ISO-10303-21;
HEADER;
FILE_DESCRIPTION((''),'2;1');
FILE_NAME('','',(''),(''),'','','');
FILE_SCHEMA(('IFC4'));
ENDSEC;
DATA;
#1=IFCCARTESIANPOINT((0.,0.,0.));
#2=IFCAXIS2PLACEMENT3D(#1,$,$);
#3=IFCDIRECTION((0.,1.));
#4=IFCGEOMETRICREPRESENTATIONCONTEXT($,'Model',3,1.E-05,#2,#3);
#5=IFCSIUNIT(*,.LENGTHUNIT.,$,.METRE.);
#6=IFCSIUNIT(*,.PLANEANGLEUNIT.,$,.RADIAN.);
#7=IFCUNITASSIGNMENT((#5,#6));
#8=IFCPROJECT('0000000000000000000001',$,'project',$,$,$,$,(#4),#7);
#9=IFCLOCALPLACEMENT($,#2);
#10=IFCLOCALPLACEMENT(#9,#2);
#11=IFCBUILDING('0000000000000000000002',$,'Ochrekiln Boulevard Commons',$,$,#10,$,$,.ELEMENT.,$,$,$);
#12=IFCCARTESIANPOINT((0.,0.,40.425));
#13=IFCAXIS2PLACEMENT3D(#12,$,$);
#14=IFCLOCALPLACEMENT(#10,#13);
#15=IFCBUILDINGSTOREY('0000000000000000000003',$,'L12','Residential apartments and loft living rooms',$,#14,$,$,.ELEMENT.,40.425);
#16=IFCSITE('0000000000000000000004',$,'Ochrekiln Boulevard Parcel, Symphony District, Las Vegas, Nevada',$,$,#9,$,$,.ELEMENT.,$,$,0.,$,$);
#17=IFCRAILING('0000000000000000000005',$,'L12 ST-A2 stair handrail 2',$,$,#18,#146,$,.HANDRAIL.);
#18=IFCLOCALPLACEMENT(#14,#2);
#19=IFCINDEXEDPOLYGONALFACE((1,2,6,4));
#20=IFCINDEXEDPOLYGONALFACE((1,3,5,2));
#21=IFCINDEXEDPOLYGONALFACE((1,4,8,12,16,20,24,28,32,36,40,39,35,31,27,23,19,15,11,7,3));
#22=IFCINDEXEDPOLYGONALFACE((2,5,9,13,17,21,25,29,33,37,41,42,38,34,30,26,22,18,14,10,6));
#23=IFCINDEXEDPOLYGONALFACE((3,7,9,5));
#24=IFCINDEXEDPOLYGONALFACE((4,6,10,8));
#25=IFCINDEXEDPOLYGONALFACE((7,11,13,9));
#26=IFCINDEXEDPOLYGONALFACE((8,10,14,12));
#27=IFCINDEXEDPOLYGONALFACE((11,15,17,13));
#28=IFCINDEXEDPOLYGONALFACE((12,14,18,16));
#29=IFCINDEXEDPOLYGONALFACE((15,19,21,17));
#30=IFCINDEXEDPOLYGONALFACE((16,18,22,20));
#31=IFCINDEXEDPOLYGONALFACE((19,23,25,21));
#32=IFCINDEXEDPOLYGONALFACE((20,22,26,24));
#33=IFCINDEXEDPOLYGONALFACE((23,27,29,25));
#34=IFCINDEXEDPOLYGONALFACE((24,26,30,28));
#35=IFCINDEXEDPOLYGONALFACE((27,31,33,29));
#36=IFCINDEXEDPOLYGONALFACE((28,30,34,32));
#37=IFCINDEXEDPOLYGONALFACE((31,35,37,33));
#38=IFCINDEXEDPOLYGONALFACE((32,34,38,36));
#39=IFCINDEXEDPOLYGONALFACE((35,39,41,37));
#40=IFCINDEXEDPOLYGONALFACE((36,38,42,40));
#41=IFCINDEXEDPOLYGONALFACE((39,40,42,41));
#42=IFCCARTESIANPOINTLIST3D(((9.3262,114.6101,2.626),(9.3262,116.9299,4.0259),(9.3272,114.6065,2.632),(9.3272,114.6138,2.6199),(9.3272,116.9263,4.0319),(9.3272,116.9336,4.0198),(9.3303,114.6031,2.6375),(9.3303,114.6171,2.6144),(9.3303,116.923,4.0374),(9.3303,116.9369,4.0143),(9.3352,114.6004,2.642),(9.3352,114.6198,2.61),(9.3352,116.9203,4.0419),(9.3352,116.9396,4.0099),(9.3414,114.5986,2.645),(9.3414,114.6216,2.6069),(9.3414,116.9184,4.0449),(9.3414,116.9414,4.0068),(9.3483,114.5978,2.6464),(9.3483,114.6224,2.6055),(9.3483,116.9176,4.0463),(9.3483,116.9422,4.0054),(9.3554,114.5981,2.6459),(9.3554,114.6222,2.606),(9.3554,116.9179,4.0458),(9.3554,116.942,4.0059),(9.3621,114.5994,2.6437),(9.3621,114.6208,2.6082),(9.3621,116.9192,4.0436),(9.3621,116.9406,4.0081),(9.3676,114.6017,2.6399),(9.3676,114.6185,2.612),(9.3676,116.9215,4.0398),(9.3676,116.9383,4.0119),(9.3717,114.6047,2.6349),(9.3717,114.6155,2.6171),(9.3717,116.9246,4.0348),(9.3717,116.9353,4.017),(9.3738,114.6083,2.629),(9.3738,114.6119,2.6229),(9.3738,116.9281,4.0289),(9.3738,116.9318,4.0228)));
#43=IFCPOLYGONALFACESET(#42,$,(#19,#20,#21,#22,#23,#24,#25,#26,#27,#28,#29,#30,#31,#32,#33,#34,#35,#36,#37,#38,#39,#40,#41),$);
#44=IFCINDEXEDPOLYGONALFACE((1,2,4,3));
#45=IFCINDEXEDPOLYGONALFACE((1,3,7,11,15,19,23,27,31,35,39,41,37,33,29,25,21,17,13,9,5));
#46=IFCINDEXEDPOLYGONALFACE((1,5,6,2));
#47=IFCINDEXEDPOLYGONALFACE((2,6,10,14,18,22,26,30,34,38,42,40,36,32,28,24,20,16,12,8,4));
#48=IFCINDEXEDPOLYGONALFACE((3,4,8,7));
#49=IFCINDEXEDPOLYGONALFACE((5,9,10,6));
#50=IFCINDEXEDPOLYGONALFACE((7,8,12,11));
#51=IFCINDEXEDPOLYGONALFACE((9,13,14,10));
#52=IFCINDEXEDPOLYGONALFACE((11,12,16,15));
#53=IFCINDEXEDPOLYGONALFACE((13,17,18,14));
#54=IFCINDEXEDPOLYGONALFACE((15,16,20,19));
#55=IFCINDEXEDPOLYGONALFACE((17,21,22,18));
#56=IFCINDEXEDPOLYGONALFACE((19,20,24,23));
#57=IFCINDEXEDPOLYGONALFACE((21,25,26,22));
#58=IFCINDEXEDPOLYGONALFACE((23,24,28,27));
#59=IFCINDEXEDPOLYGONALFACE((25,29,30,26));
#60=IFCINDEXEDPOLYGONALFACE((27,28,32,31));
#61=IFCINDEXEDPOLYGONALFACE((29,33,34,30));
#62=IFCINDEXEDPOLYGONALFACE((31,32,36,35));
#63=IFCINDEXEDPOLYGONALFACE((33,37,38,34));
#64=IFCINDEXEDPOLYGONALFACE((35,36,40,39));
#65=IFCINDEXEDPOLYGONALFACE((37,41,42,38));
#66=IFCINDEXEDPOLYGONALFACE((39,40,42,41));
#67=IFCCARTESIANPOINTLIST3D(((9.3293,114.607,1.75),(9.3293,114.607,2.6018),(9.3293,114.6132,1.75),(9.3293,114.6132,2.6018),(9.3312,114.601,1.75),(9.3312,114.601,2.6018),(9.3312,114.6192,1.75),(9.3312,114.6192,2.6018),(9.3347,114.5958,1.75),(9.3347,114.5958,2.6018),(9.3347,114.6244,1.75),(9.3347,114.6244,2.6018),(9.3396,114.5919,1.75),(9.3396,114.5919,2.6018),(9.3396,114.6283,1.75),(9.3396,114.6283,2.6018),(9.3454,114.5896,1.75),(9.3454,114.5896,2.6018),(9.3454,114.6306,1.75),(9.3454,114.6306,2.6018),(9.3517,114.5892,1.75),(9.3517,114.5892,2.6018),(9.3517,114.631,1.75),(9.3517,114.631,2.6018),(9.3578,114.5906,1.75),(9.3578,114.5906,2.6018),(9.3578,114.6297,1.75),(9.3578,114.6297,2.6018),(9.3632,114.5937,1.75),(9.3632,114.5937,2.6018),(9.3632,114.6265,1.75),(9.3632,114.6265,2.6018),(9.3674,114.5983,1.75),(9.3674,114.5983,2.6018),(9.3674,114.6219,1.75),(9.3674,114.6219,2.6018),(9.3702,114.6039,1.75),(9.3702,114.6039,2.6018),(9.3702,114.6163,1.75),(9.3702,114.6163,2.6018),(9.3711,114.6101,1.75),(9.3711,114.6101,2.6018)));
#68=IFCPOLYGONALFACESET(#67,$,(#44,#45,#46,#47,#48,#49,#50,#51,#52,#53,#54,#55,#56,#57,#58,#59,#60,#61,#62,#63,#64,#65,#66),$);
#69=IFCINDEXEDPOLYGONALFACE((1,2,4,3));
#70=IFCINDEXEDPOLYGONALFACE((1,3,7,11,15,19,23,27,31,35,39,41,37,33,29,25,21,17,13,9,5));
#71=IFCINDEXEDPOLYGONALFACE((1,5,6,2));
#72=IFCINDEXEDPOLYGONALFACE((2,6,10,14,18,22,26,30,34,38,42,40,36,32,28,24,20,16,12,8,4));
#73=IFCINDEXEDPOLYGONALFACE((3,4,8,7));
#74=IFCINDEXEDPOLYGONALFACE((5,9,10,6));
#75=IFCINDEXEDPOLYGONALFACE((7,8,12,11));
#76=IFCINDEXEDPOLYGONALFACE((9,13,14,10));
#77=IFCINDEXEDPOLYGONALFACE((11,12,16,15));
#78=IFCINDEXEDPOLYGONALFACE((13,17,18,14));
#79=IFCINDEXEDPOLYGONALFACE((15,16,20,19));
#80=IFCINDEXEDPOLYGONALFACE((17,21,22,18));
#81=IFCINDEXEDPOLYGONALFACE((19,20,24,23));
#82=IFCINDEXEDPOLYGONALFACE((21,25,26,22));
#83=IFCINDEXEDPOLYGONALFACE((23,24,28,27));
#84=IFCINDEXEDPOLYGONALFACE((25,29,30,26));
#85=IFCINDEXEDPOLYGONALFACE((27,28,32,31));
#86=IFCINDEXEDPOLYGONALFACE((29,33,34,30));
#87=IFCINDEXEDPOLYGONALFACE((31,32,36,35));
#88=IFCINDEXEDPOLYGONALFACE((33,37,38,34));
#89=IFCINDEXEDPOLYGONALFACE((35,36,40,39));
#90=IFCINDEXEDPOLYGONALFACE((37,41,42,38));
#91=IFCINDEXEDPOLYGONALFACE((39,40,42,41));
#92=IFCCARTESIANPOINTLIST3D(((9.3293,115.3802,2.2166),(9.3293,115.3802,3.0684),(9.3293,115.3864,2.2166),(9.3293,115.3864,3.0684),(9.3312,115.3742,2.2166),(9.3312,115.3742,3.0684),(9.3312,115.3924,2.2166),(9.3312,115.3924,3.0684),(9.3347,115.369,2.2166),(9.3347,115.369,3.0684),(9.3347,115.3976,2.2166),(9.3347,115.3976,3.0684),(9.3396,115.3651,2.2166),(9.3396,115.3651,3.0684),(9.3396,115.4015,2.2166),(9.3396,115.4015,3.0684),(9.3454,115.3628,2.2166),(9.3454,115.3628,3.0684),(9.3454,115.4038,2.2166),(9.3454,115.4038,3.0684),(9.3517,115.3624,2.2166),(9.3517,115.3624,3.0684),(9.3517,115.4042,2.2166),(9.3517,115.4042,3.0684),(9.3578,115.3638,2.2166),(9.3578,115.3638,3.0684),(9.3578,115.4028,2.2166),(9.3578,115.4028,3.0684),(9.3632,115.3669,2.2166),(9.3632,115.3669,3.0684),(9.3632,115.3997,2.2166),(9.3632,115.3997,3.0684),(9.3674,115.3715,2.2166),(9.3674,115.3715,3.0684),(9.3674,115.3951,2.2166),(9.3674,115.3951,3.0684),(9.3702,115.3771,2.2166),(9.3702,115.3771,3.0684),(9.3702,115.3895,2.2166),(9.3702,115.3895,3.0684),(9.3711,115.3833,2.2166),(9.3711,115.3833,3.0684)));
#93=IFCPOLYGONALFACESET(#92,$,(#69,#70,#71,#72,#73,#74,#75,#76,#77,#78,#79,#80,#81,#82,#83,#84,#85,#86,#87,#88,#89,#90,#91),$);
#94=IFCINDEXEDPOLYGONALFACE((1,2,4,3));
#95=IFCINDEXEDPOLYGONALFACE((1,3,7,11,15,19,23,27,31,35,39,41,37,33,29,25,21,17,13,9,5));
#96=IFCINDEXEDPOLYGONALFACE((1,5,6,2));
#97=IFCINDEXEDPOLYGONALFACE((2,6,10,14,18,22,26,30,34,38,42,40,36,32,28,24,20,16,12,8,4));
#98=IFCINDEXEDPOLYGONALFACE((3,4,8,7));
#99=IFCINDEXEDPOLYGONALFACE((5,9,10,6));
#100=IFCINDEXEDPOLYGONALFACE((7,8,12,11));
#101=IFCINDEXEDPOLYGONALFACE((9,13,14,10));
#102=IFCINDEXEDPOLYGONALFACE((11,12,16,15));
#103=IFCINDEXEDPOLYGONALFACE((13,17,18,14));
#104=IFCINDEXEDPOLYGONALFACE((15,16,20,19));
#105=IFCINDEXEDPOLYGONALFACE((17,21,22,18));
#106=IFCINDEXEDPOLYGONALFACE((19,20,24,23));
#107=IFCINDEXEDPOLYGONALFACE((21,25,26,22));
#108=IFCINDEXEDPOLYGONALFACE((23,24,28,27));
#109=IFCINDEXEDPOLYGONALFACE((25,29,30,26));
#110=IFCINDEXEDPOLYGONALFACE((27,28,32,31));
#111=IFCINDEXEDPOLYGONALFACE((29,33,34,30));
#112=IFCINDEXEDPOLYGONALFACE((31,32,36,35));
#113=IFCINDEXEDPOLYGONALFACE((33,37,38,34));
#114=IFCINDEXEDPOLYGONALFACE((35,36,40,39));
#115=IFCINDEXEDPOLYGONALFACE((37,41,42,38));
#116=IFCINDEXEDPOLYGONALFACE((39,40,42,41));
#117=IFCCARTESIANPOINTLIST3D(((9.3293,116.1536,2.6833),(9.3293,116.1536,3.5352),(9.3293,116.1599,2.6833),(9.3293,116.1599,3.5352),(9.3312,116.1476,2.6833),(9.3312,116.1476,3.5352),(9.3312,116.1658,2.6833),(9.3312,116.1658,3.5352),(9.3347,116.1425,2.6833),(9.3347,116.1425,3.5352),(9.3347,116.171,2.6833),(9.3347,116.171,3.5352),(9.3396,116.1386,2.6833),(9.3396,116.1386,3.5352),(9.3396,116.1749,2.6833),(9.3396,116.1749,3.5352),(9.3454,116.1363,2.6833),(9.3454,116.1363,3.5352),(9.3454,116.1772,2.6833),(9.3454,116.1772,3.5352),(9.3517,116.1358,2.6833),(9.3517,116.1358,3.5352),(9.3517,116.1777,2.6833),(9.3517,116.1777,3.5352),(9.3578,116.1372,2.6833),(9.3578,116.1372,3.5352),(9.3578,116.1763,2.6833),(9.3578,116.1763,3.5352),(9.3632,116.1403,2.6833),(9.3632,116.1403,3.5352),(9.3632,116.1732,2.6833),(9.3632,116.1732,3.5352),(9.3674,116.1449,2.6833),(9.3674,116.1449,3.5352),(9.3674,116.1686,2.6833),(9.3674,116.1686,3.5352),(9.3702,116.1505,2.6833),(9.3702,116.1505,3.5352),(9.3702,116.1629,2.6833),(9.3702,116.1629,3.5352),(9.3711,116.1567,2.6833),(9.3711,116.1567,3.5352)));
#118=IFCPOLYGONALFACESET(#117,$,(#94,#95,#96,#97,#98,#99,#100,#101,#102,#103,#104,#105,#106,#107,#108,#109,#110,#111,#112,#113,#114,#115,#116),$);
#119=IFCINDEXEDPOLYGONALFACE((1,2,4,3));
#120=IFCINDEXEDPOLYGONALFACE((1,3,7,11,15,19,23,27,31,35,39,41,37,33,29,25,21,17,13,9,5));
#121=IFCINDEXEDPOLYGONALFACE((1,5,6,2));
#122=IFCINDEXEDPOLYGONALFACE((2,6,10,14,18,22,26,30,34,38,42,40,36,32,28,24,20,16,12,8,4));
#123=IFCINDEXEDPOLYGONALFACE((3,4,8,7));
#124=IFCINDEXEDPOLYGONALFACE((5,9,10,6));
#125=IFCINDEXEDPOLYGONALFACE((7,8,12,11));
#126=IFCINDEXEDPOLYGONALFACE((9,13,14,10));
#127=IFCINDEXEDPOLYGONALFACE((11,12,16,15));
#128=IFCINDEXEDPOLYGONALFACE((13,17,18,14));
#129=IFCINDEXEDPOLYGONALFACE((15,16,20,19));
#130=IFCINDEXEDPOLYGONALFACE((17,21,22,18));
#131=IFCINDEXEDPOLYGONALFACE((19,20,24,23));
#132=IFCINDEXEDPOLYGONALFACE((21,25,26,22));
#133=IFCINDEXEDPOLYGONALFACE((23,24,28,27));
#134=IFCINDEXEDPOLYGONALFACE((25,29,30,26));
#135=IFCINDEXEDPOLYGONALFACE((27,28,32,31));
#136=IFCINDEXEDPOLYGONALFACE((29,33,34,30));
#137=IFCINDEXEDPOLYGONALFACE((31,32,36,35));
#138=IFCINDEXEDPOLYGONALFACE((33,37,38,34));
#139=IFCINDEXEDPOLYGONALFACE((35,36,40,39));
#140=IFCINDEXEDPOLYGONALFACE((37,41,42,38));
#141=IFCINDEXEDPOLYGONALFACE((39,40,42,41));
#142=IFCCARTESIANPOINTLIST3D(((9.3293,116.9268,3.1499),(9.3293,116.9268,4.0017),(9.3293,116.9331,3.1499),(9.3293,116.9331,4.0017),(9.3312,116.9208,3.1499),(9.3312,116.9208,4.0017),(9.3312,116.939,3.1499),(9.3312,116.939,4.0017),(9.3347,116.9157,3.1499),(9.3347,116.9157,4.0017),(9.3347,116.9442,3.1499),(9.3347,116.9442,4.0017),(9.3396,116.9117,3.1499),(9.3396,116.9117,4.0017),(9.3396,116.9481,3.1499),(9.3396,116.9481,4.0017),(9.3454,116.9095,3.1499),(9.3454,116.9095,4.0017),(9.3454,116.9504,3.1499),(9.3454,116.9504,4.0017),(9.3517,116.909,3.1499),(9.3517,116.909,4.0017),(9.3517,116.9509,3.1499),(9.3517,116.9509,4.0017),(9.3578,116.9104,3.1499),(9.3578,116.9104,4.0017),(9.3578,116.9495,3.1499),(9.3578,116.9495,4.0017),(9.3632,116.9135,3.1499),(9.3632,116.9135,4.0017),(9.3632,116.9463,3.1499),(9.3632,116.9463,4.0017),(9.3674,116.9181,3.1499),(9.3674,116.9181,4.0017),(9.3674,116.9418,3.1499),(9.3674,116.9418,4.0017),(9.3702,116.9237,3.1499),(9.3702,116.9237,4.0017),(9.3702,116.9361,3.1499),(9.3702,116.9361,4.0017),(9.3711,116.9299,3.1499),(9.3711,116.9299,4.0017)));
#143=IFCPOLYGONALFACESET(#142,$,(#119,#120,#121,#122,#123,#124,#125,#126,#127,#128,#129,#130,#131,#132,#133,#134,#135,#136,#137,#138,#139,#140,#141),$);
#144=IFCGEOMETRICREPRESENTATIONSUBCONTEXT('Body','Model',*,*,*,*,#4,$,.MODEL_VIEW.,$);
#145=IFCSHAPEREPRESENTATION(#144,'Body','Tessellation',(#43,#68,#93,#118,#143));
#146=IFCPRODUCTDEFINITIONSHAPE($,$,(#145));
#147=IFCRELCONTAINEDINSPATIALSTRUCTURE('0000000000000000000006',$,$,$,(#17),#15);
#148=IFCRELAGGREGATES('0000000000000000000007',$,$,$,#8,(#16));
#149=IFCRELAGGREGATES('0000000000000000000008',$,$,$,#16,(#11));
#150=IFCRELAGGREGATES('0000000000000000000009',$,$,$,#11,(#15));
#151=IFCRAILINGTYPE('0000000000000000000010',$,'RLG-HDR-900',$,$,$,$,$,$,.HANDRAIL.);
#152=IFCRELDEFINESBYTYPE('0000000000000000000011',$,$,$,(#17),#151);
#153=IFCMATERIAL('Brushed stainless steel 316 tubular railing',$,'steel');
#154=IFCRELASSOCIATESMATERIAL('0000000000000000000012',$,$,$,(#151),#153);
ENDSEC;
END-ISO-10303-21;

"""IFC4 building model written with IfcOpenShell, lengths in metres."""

from ifc_helpers import new_model, si_unit, direction, frame, origin, origin_2d, place, context, subcontext, project, spatial, circle, extrude, material, type_object, element, save


model = new_model("IFC4")

# Units and contexts
model_context = context("Model", 3, precision=1e-05, world=origin(), true_north=direction((0.0, 1.0)))
body_context = subcontext(model_context, "Body", "Model", "MODEL_VIEW")
ifc_project = project(units=[si_unit("LENGTHUNIT", "METRE"), si_unit("PLANEANGLEUNIT", "RADIAN")], contexts=[model_context])

# Site, building, storey
site_placement = place(None, origin())
site = spatial("IfcSite", under=ifc_project, at=site_placement, Name="Ochrekiln Boulevard Parcel, Symphony District, Las Vegas, Nevada", CompositionType="ELEMENT", RefElevation=0.0)
building_placement = place(site_placement, origin())
building = spatial("IfcBuilding", under=site, at=building_placement, Name="Ochrekiln Boulevard Commons", CompositionType="ELEMENT")
storey_placement = place(building_placement, frame((0.0, 0.0, 40.425)))
storey = spatial("IfcBuildingStorey", under=building, at=storey_placement, Name="L12", Description="Residential apartments and loft living rooms", CompositionType="ELEMENT", Elevation=40.425)

# Railing
ifc_material_1 = material(Name="Brushed stainless steel 316 tubular railing", Category="steel")
railing_type_1 = type_object("IfcRailingType", Name="RLG-HDR-900", PredefinedType="HANDRAIL", material=ifc_material_1)
railing_1_placement = place(storey_placement, frame((9.3501, 114.6101, 1.75)))
element("IfcRailing", 1, at=railing_1_placement, inside=storey, type_object=railing_type_1, Name="L12 ST-A2 stair handrail 2", PredefinedType="HANDRAIL", context=body_context, shape_type="SweptSolid", body=[
    extrude(circle(Radius=0.0239, at=origin_2d()), frame((0.0, 0.0, 0.876), z_axis=(0.0, 0.856186, 0.516667), x_axis=(-1.0, 0.0, 0.0)), (0.0, 0.0, 1.0), 2.7095),
    extrude(circle(Radius=0.021, at=origin_2d()), origin(), (0.0, 0.0, 1.0), 0.8518),
    extrude(circle(Radius=0.021, at=origin_2d()), frame((0.0, 0.7732, 0.4666)), (0.0, 0.0, 1.0), 0.8518),
    extrude(circle(Radius=0.021, at=origin_2d()), frame((0.0, 1.5466, 0.9333)), (0.0, 0.0, 1.0), 0.8518),
    extrude(circle(Radius=0.021, at=origin_2d()), frame((0.0, 2.3198, 1.3999)), (0.0, 0.0, 1.0), 0.8518),
])

save(model, "model.ifc")
